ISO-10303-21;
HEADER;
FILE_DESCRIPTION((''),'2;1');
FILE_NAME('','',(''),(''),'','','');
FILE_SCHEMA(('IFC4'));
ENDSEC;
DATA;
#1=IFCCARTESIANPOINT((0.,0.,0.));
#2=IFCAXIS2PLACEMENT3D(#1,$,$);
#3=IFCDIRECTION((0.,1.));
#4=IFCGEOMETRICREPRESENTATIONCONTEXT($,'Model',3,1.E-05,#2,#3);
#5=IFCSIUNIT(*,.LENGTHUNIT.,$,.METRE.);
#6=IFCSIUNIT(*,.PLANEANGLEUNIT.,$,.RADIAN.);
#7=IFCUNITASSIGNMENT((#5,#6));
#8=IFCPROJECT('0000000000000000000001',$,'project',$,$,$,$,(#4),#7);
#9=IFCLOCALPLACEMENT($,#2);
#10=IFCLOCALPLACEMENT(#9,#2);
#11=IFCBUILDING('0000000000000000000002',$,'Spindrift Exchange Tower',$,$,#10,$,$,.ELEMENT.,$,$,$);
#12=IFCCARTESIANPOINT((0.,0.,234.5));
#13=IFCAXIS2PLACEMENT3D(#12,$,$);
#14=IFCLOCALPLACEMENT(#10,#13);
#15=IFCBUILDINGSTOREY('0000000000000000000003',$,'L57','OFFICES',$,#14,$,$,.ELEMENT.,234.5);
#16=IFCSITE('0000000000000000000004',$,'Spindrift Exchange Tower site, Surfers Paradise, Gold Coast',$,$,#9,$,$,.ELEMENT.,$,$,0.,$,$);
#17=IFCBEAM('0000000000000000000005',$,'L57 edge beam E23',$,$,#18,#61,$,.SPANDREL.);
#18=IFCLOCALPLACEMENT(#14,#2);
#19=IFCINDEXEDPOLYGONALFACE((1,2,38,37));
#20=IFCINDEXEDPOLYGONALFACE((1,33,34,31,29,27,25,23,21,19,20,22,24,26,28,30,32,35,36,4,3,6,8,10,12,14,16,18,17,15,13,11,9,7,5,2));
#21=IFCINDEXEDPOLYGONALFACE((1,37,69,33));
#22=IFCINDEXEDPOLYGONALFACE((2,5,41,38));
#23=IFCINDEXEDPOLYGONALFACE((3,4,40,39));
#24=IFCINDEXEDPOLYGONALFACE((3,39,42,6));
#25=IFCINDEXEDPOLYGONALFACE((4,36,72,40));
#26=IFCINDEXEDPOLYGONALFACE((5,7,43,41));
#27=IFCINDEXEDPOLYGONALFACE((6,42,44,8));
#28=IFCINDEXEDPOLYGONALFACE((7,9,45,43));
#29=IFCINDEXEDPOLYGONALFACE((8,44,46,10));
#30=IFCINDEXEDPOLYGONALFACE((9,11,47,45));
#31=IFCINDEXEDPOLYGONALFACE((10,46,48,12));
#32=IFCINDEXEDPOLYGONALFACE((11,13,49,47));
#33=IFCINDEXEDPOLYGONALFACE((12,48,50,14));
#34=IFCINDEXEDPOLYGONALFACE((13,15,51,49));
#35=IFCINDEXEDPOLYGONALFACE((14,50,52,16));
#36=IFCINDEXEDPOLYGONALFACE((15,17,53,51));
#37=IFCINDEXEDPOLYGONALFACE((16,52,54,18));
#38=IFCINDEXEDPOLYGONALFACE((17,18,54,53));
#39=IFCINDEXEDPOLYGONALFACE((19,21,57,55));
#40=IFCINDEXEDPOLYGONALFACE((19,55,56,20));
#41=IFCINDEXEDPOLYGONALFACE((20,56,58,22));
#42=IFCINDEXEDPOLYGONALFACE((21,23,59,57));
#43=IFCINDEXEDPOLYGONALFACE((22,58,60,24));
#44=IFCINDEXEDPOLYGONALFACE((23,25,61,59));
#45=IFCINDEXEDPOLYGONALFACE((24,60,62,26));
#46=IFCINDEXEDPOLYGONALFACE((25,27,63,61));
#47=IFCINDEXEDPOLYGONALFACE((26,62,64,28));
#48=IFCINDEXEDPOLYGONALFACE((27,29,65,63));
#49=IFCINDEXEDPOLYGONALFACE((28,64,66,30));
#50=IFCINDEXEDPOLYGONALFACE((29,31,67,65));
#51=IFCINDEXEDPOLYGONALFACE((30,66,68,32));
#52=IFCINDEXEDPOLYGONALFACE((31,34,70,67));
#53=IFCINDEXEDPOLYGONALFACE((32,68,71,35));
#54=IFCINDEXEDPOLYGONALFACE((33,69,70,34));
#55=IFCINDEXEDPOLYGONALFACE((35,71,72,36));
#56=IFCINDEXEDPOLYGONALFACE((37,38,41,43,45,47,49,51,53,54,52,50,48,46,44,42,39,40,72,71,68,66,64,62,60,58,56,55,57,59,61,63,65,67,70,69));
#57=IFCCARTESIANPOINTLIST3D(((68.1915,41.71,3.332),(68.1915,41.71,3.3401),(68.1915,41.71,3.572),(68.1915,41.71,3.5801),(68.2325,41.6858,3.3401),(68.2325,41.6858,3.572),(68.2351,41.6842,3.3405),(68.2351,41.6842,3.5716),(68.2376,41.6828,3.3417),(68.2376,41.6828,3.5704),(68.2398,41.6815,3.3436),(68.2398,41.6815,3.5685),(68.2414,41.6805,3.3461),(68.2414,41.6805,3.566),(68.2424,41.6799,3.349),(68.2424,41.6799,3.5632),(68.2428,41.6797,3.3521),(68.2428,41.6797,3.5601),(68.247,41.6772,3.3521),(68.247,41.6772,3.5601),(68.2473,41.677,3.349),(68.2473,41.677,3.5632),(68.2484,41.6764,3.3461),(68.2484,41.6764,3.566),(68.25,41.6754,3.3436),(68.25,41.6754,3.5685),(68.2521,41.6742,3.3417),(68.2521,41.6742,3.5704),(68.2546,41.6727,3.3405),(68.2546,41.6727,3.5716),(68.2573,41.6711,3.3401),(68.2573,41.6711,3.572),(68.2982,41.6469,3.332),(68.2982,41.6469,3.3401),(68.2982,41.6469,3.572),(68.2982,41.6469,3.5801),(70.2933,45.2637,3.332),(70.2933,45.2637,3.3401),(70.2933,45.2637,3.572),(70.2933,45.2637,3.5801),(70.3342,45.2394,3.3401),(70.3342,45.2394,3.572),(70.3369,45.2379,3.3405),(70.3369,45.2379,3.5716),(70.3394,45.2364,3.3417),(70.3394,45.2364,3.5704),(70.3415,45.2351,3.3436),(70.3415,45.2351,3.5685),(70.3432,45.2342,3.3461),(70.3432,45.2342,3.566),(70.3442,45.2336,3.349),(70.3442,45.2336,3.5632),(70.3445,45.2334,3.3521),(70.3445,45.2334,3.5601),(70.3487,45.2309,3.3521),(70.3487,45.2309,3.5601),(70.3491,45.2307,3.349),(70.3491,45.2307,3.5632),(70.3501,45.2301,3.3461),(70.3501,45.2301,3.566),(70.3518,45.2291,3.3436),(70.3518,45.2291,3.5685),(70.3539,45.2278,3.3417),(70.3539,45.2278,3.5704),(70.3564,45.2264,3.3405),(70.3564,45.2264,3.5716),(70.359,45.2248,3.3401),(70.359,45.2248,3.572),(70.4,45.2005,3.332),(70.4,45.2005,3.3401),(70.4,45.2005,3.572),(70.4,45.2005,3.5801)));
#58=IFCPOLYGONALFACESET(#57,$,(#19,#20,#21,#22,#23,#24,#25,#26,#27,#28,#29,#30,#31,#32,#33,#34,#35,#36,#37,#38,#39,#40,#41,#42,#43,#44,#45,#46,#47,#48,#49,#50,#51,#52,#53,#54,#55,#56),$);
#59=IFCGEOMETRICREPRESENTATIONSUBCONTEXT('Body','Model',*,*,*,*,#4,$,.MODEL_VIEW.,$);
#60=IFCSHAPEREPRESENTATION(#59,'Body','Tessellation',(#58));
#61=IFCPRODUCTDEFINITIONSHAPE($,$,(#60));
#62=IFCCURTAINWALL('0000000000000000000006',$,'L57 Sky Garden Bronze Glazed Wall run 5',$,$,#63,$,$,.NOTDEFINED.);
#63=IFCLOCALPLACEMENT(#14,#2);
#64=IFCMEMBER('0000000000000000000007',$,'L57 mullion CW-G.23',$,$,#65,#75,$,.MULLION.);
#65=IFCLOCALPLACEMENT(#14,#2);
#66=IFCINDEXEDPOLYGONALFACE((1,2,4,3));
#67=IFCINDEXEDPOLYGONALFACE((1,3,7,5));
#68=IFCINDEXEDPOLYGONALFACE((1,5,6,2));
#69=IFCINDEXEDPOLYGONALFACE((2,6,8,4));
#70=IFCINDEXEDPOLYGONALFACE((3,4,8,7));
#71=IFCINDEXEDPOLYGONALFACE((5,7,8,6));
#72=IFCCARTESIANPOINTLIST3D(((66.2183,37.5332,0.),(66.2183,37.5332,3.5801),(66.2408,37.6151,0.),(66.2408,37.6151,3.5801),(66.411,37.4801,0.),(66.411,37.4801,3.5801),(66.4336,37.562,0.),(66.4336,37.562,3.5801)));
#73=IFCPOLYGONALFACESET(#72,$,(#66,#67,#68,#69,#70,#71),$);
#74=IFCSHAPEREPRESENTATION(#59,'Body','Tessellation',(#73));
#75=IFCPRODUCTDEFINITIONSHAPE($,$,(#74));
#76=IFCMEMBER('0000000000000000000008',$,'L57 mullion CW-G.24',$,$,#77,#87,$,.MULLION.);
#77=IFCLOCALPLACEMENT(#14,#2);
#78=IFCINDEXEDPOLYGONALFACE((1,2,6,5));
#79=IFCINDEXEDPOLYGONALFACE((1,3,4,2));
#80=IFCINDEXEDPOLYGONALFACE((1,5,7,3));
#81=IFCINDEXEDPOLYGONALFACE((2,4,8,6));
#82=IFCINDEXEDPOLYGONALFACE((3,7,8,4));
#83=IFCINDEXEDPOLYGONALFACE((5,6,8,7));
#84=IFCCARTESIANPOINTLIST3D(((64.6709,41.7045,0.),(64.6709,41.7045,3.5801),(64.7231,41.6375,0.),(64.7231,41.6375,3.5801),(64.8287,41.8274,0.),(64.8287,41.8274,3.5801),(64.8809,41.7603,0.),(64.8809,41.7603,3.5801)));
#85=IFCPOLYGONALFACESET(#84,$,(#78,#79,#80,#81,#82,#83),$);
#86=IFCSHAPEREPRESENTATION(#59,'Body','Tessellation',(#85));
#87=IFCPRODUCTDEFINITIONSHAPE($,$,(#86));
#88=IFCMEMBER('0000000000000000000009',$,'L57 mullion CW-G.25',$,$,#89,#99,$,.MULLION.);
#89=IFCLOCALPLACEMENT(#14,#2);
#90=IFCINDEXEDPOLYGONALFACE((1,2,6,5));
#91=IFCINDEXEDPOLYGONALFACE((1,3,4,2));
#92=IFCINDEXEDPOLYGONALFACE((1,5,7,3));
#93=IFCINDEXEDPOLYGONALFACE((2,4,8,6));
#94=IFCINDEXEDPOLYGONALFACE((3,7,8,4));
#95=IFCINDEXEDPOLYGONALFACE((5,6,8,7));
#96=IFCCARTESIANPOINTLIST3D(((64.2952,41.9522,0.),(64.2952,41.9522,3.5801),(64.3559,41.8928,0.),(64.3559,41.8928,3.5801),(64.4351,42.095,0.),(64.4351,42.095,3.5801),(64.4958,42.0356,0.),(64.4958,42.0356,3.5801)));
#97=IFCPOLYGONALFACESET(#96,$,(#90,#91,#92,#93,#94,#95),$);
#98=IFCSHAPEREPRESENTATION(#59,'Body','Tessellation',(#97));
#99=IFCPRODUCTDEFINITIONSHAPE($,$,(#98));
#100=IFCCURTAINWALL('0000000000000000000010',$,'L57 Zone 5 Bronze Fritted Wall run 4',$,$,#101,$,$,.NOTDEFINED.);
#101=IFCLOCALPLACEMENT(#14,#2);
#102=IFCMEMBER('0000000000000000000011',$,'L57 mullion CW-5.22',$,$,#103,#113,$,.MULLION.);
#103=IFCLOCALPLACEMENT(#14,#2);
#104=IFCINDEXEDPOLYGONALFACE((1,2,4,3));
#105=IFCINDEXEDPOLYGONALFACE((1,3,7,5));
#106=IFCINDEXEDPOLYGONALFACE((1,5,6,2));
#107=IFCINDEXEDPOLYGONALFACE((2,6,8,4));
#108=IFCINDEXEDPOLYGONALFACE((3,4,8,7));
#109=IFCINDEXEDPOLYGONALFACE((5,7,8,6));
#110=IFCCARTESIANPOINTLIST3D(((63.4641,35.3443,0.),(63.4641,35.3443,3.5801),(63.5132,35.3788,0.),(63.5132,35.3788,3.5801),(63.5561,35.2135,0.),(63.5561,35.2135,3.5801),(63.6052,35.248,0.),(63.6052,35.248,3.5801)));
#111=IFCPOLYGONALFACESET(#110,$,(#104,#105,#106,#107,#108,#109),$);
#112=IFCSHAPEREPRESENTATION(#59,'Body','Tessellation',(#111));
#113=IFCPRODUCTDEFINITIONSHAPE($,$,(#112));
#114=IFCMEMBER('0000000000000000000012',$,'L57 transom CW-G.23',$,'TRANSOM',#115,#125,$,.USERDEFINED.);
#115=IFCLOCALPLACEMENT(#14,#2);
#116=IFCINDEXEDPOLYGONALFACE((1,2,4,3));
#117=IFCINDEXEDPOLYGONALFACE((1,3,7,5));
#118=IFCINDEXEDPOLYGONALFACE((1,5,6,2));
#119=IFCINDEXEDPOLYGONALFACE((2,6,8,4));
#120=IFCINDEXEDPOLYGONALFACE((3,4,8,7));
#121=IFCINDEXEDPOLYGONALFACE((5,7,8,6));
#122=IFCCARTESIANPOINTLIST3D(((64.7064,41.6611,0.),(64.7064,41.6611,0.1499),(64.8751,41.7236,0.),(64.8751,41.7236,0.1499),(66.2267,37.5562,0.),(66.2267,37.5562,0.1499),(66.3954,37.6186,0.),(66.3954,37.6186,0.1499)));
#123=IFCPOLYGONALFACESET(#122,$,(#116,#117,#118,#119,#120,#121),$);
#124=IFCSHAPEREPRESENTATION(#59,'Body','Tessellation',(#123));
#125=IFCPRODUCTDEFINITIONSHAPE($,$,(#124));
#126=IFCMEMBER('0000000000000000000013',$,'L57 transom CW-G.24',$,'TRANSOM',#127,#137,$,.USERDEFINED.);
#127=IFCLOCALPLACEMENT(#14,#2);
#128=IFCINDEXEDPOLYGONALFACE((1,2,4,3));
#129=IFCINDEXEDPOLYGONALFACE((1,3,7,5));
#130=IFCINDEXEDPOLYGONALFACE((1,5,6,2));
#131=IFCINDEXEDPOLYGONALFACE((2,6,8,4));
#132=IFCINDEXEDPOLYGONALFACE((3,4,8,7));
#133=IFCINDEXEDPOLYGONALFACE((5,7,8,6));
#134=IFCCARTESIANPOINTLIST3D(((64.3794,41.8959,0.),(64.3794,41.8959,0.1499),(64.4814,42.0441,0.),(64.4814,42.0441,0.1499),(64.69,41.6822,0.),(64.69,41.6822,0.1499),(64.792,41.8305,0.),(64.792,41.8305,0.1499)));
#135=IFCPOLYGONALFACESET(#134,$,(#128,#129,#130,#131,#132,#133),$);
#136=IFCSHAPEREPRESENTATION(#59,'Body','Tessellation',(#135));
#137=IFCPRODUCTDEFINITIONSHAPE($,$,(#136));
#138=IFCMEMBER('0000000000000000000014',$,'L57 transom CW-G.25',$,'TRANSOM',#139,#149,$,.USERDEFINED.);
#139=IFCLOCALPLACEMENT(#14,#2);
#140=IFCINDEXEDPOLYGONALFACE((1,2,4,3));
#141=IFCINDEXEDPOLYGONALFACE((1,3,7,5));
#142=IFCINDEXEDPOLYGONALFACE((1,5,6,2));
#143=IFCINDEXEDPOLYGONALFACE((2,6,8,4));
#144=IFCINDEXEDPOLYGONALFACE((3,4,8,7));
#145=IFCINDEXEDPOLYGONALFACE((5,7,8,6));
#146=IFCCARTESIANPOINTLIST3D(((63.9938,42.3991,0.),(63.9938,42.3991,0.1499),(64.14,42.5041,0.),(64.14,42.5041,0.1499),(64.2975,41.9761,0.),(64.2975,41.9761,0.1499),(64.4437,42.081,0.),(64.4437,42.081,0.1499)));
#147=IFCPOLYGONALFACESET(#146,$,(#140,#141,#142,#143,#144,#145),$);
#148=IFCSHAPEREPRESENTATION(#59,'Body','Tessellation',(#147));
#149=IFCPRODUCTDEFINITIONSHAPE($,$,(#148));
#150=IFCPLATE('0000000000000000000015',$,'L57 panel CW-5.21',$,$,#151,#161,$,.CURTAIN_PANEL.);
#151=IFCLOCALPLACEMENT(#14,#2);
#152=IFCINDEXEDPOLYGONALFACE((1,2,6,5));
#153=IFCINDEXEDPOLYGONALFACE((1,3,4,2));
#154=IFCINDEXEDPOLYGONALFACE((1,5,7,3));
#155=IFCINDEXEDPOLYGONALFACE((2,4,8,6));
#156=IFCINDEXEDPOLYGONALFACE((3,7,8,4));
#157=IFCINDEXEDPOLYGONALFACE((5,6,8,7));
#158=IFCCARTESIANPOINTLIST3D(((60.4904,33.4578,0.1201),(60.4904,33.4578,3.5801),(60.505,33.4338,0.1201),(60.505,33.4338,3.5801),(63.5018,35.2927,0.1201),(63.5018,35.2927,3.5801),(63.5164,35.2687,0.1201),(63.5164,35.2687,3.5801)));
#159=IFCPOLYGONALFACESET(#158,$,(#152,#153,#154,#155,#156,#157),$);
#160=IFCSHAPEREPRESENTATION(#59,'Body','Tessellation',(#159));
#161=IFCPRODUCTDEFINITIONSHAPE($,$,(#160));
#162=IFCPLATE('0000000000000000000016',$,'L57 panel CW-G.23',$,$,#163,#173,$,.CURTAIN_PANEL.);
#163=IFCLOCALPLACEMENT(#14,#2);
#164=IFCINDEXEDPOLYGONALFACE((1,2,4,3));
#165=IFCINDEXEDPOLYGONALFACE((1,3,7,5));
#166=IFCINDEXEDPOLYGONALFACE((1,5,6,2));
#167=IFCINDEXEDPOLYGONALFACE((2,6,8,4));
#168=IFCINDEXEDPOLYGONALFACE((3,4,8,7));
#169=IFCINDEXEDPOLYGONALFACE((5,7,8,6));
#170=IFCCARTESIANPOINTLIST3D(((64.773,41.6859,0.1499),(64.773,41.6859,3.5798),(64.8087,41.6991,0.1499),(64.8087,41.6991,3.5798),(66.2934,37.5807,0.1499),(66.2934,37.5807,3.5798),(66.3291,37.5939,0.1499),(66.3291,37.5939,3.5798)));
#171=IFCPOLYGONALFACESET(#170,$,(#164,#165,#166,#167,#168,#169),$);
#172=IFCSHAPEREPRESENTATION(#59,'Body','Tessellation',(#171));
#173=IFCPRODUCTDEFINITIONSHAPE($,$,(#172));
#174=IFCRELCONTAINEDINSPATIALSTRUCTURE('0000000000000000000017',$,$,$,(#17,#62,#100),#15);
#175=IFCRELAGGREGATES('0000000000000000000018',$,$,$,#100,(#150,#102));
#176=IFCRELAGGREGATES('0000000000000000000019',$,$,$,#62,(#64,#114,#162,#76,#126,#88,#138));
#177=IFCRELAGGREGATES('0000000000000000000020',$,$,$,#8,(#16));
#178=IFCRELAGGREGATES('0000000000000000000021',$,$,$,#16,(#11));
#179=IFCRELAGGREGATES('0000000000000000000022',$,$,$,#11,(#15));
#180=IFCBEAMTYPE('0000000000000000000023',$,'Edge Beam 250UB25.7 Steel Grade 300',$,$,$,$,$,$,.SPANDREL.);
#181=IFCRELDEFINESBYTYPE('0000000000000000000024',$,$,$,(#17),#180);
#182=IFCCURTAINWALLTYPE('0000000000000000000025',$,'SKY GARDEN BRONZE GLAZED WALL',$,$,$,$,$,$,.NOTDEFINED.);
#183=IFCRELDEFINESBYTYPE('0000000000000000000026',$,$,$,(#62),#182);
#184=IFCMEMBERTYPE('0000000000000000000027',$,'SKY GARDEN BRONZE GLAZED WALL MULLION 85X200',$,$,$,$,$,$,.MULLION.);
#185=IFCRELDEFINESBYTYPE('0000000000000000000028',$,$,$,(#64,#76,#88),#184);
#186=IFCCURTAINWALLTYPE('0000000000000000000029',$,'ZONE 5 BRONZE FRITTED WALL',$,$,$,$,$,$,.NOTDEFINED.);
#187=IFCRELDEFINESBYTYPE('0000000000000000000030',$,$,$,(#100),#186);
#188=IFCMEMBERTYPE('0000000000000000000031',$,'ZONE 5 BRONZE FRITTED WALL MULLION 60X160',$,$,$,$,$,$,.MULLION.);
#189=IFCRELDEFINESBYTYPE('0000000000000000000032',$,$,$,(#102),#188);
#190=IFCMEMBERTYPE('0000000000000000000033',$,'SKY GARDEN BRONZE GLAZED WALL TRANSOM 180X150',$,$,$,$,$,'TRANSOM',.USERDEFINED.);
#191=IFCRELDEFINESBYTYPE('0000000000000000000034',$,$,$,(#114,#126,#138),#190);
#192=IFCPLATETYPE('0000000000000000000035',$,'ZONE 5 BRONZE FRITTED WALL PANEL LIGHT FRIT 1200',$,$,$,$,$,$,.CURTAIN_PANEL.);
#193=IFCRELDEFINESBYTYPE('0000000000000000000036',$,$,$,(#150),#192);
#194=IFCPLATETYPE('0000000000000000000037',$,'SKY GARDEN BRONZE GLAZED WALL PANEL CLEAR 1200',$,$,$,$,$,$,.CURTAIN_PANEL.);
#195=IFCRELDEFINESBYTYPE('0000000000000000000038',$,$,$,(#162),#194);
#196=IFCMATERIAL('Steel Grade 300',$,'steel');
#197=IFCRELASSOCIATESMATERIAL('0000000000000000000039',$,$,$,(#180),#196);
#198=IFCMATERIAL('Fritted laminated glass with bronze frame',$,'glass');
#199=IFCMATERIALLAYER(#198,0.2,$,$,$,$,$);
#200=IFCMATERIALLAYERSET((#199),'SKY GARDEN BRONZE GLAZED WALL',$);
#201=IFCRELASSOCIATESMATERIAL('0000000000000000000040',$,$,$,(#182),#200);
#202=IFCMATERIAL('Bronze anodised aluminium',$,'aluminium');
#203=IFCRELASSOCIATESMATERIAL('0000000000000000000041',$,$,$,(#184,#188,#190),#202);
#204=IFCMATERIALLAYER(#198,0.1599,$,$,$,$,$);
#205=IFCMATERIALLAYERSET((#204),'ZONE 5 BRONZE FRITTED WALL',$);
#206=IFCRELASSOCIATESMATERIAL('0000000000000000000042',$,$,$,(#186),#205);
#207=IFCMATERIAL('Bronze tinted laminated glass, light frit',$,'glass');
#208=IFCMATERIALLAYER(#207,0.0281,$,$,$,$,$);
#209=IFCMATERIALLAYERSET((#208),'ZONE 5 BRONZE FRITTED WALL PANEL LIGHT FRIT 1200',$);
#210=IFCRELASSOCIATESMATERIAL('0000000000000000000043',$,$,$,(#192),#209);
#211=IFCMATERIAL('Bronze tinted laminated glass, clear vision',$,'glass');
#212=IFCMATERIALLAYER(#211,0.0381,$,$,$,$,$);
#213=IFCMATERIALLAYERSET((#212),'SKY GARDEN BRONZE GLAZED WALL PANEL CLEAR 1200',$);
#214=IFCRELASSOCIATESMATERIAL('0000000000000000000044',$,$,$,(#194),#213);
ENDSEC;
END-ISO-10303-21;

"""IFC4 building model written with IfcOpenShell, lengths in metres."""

from ifc_helpers import new_model, si_unit, direction, frame, origin, origin_2d, place, context, subcontext, project, spatial, rectangle, i_section, extrude, source, transform, mapped, material, layer, layer_set, material_profile, profile_set, type_object, element, aggregate, save


model = new_model("IFC4")

# Units and contexts
model_context = context("Model", 3, precision=1e-05, world=origin(), true_north=direction((0.0, 1.0)))
body_context = subcontext(model_context, "Body", "Model", "MODEL_VIEW")
ifc_project = project(units=[si_unit("LENGTHUNIT", "METRE"), si_unit("PLANEANGLEUNIT", "RADIAN")], contexts=[model_context])

# Site, building, storey
site_placement = place(None, origin())
site = spatial("IfcSite", under=ifc_project, at=site_placement, Name="Spindrift Exchange Tower site, Surfers Paradise, Gold Coast", CompositionType="ELEMENT", RefElevation=0.0)
building_placement = place(site_placement, origin())
building = spatial("IfcBuilding", under=site, at=building_placement, Name="Spindrift Exchange Tower", CompositionType="ELEMENT")
storey_placement = place(building_placement, frame((0.0, 0.0, 234.5)))
storey = spatial("IfcBuildingStorey", under=building, at=storey_placement, Name="L57", Description="OFFICES", CompositionType="ELEMENT", Elevation=234.5)

# Beam
ifc_material_1 = material(Name="Steel Grade 300", Category="steel")
ifc_material_profile_1 = material_profile(ifc_material_1, i_section(OverallWidth=0.124, OverallDepth=0.248, WebThickness=0.0049, FlangeThickness=0.0081, FilletRadius=0.012, at=origin_2d()), Name="250UB25.7")
ifc_profile_set_1 = profile_set([ifc_material_profile_1], Name="Steel Grade 300")
beam_type_1 = type_object("IfcBeamType", Name="Edge Beam 250UB25.7 Steel Grade 300", PredefinedType="SPANDREL", material=ifc_profile_set_1)
shared_shape_1 = source(origin(), body_context, "Body", "SweptSolid", [
    extrude(i_section(OverallWidth=0.124, OverallDepth=0.248, WebThickness=0.0049, FlangeThickness=0.0081, FilletRadius=0.012, at=origin_2d()), origin(), (0.0, 0.0, 1.0), 4.1287),
])
beam_1_placement = place(storey_placement, frame((68.2449, 41.6785, 3.4561), z_axis=(0.509068, 0.860726, 0.0), x_axis=(-0.860726, 0.509068, 0.0)))
element("IfcBeam", 1, at=beam_1_placement, inside=storey, type_object=beam_type_1, Name="L57 edge beam E23", PredefinedType="SPANDREL", context=body_context, shape_type="MappedRepresentation", body=[
    mapped(shared_shape_1, transform((0.0, 0.0, 0.0), scale=1.0)),
])

# Curtain wall, members
ifc_material_2 = material(Name="Fritted laminated glass with bronze frame", Category="glass")
ifc_layer_1 = layer(ifc_material_2, 0.2)
ifc_layer_set_1 = layer_set([ifc_layer_1], Name="SKY GARDEN BRONZE GLAZED WALL")
curtain_wall_type_1 = type_object("IfcCurtainWallType", Name="SKY GARDEN BRONZE GLAZED WALL", PredefinedType="NOTDEFINED", material=ifc_layer_set_1)
curtain_wall_1_placement = place(storey_placement, origin())
curtain_wall_1 = element("IfcCurtainWall", 2, at=curtain_wall_1_placement, inside=storey, type_object=curtain_wall_type_1, Name="L57 Sky Garden Bronze Glazed Wall run 5", PredefinedType="NOTDEFINED")
ifc_material_3 = material(Name="Bronze anodised aluminium", Category="aluminium")
ifc_material_profile_2 = material_profile(ifc_material_3, rectangle(XDim=0.085, YDim=0.2, at=origin_2d()), Name="SKY GARDEN BRONZE GLAZED WALL MULLION 85X200")
ifc_profile_set_2 = profile_set([ifc_material_profile_2], Name="Bronze anodised aluminium")
member_type_1 = type_object("IfcMemberType", Name="SKY GARDEN BRONZE GLAZED WALL MULLION 85X200", PredefinedType="MULLION", material=ifc_profile_set_2)
shared_shape_2 = source(origin(), body_context, "Body", "SweptSolid", [
    extrude(rectangle(XDim=0.085, YDim=0.2, at=origin_2d()), origin(), (0.0, 0.0, 1.0), 3.5801),
])
member_1_placement = place(storey_placement, frame((66.3259, 37.5476, 0.0), z_axis=(0.0, 0.0, 1.0), x_axis=(0.265468, 0.96412, 0.0)))
member_1 = element("IfcMember", 3, at=member_1_placement, type_object=member_type_1, Name="L57 mullion CW-G.23", PredefinedType="MULLION", context=body_context, shape_type="MappedRepresentation", body=[
    mapped(shared_shape_2, transform((0.0, 0.0, 0.0), scale=1.0)),
])
member_2_placement = place(storey_placement, frame((64.7759, 41.7324, 0.0), z_axis=(0.0, 0.0, 1.0), x_axis=(-0.614357, 0.789028, 0.0)))
member_2 = element("IfcMember", 4, at=member_2_placement, type_object=member_type_1, Name="L57 mullion CW-G.24", PredefinedType="MULLION", context=body_context, shape_type="MappedRepresentation", body=[
    mapped(shared_shape_2, transform((0.0, 0.0, 0.0), scale=1.0)),
])
member_3_placement = place(storey_placement, frame((64.3955, 41.9939, 0.0), z_axis=(0.0, 0.0, 1.0), x_axis=(-0.714185, 0.699957, 0.0)))
member_3 = element("IfcMember", 5, at=member_3_placement, type_object=member_type_1, Name="L57 mullion CW-G.25", PredefinedType="MULLION", context=body_context, shape_type="MappedRepresentation", body=[
    mapped(shared_shape_2, transform((0.0, 0.0, 0.0), scale=1.0)),
])

# Curtain wall, member
ifc_layer_2 = layer(ifc_material_2, 0.1599)
ifc_layer_set_2 = layer_set([ifc_layer_2], Name="ZONE 5 BRONZE FRITTED WALL")
curtain_wall_type_2 = type_object("IfcCurtainWallType", Name="ZONE 5 BRONZE FRITTED WALL", PredefinedType="NOTDEFINED", material=ifc_layer_set_2)
curtain_wall_2_placement = place(storey_placement, origin())
curtain_wall_2 = element("IfcCurtainWall", 6, at=curtain_wall_2_placement, inside=storey, type_object=curtain_wall_type_2, Name="L57 Zone 5 Bronze Fritted Wall run 4", PredefinedType="NOTDEFINED")
ifc_material_profile_3 = material_profile(ifc_material_3, rectangle(XDim=0.0601, YDim=0.1599, at=origin_2d()), Name="ZONE 5 BRONZE FRITTED WALL MULLION 60X160")
ifc_profile_set_3 = profile_set([ifc_material_profile_3], Name="Bronze anodised aluminium")
member_type_2 = type_object("IfcMemberType", Name="ZONE 5 BRONZE FRITTED WALL MULLION 60X160", PredefinedType="MULLION", material=ifc_profile_set_3)
shared_shape_3 = source(origin(), body_context, "Body", "SweptSolid", [
    extrude(rectangle(XDim=0.0601, YDim=0.1599, at=origin_2d()), origin(), (0.0, 0.0, 1.0), 3.5801),
])
member_4_placement = place(storey_placement, frame((63.5347, 35.2961, 0.0), z_axis=(0.0, 0.0, 1.0), x_axis=(0.817937, 0.575308, 0.0)))
member_4 = element("IfcMember", 7, at=member_4_placement, type_object=member_type_2, Name="L57 mullion CW-5.22", PredefinedType="MULLION", context=body_context, shape_type="MappedRepresentation", body=[
    mapped(shared_shape_3, transform((0.0, 0.0, 0.0), scale=1.0)),
])

# Members
ifc_material_profile_4 = material_profile(ifc_material_3, rectangle(XDim=0.1799, YDim=0.1499, at=origin_2d()), Name="SKY GARDEN BRONZE GLAZED WALL TRANSOM 180X150")
ifc_profile_set_4 = profile_set([ifc_material_profile_4], Name="Bronze anodised aluminium")
member_type_3 = type_object("IfcMemberType", Name="SKY GARDEN BRONZE GLAZED WALL TRANSOM 180X150", ElementType="TRANSOM", PredefinedType="USERDEFINED", material=ifc_profile_set_4)
shared_shape_4 = source(origin(), body_context, "Body", "SweptSolid", [
    extrude(rectangle(XDim=0.1799, YDim=0.1499, at=origin_2d()), origin(), (0.0, 0.0, 1.0), 4.3774),
])
member_5_placement = place(storey_placement, frame((66.311, 37.5874, 0.075), z_axis=(-0.347294, 0.937756, 0.0), x_axis=(-0.937756, -0.347294, 0.0)))
member_5 = element("IfcMember", 8, at=member_5_placement, type_object=member_type_3, Name="L57 transom CW-G.23", ObjectType="TRANSOM", PredefinedType="USERDEFINED", context=body_context, shape_type="MappedRepresentation", body=[
    mapped(shared_shape_4, transform((0.0, 0.0, 0.0), scale=1.0)),
])
shared_shape_5 = source(origin(), body_context, "Body", "SweptSolid", [
    extrude(rectangle(XDim=0.1799, YDim=0.1499, at=origin_2d()), origin(), (0.0, 0.0, 1.0), 0.377),
])
member_6_placement = place(storey_placement, frame((64.741, 41.7563, 0.075), z_axis=(-0.823891, 0.566749, 0.0), x_axis=(-0.566749, -0.823891, 0.0)))
member_6 = element("IfcMember", 9, at=member_6_placement, type_object=member_type_3, Name="L57 transom CW-G.24", ObjectType="TRANSOM", PredefinedType="USERDEFINED", context=body_context, shape_type="MappedRepresentation", body=[
    mapped(shared_shape_5, transform((0.0, 0.0, 0.0), scale=1.0)),
])
shared_shape_6 = source(origin(), body_context, "Body", "SweptSolid", [
    extrude(rectangle(XDim=0.1799, YDim=0.1499, at=origin_2d()), origin(), (0.0, 0.0, 1.0), 0.5208),
])
member_7_placement = place(storey_placement, frame((64.3706, 42.0286, 0.075), z_axis=(-0.583143, 0.812369, 0.0), x_axis=(-0.812369, -0.583143, 0.0)))
member_7 = element("IfcMember", 10, at=member_7_placement, type_object=member_type_3, Name="L57 transom CW-G.25", ObjectType="TRANSOM", PredefinedType="USERDEFINED", context=body_context, shape_type="MappedRepresentation", body=[
    mapped(shared_shape_6, transform((0.0, 0.0, 0.0), scale=1.0)),
])

# Plates
ifc_material_4 = material(Name="Bronze tinted laminated glass, light frit", Category="glass")
ifc_layer_3 = layer(ifc_material_4, 0.0281)
ifc_layer_set_3 = layer_set([ifc_layer_3], Name="ZONE 5 BRONZE FRITTED WALL PANEL LIGHT FRIT 1200")
plate_type_1 = type_object("IfcPlateType", Name="ZONE 5 BRONZE FRITTED WALL PANEL LIGHT FRIT 1200", PredefinedType="CURTAIN_PANEL", material=ifc_layer_set_3)
shared_shape_7 = source(origin(), body_context, "Body", "SweptSolid", [
    extrude(rectangle(XDim=3.5264, YDim=0.0281, at=origin_2d()), origin(), (0.0, 0.0, 1.0), 3.46),
])
plate_1_placement = place(storey_placement, frame((62.0034, 34.3633, 0.1201), z_axis=(0.0, 0.0, 1.0), x_axis=(0.853962, 0.520335, 0.0)))
plate_1 = element("IfcPlate", 11, at=plate_1_placement, type_object=plate_type_1, Name="L57 panel CW-5.21", PredefinedType="CURTAIN_PANEL", context=body_context, shape_type="MappedRepresentation", body=[
    mapped(shared_shape_7, transform((0.0, 0.0, 0.0), scale=1.0)),
])
aggregate(curtain_wall_2, [plate_1, member_4])
ifc_material_5 = material(Name="Bronze tinted laminated glass, clear vision", Category="glass")
ifc_layer_4 = layer(ifc_material_5, 0.0381)
ifc_layer_set_4 = layer_set([ifc_layer_4], Name="SKY GARDEN BRONZE GLAZED WALL PANEL CLEAR 1200")
plate_type_2 = type_object("IfcPlateType", Name="SKY GARDEN BRONZE GLAZED WALL PANEL CLEAR 1200", PredefinedType="CURTAIN_PANEL", material=ifc_layer_set_4)
shared_shape_8 = source(origin(), body_context, "Body", "SweptSolid", [
    extrude(rectangle(XDim=4.3777, YDim=0.0381, at=origin_2d()), origin(), (0.0, 0.0, 1.0), 3.4299),
])
plate_2_placement = place(storey_placement, frame((65.551, 39.6399, 0.1499), z_axis=(0.0, 0.0, 1.0), x_axis=(-0.347309, 0.937751, 0.0)))
plate_2 = element("IfcPlate", 12, at=plate_2_placement, type_object=plate_type_2, Name="L57 panel CW-G.23", PredefinedType="CURTAIN_PANEL", context=body_context, shape_type="MappedRepresentation", body=[
    mapped(shared_shape_8, transform((0.0, 0.0, 0.0), scale=1.0)),
])
aggregate(curtain_wall_1, [member_1, member_5, plate_2, member_2, member_6, member_3, member_7])

save(model, "model.ifc")
